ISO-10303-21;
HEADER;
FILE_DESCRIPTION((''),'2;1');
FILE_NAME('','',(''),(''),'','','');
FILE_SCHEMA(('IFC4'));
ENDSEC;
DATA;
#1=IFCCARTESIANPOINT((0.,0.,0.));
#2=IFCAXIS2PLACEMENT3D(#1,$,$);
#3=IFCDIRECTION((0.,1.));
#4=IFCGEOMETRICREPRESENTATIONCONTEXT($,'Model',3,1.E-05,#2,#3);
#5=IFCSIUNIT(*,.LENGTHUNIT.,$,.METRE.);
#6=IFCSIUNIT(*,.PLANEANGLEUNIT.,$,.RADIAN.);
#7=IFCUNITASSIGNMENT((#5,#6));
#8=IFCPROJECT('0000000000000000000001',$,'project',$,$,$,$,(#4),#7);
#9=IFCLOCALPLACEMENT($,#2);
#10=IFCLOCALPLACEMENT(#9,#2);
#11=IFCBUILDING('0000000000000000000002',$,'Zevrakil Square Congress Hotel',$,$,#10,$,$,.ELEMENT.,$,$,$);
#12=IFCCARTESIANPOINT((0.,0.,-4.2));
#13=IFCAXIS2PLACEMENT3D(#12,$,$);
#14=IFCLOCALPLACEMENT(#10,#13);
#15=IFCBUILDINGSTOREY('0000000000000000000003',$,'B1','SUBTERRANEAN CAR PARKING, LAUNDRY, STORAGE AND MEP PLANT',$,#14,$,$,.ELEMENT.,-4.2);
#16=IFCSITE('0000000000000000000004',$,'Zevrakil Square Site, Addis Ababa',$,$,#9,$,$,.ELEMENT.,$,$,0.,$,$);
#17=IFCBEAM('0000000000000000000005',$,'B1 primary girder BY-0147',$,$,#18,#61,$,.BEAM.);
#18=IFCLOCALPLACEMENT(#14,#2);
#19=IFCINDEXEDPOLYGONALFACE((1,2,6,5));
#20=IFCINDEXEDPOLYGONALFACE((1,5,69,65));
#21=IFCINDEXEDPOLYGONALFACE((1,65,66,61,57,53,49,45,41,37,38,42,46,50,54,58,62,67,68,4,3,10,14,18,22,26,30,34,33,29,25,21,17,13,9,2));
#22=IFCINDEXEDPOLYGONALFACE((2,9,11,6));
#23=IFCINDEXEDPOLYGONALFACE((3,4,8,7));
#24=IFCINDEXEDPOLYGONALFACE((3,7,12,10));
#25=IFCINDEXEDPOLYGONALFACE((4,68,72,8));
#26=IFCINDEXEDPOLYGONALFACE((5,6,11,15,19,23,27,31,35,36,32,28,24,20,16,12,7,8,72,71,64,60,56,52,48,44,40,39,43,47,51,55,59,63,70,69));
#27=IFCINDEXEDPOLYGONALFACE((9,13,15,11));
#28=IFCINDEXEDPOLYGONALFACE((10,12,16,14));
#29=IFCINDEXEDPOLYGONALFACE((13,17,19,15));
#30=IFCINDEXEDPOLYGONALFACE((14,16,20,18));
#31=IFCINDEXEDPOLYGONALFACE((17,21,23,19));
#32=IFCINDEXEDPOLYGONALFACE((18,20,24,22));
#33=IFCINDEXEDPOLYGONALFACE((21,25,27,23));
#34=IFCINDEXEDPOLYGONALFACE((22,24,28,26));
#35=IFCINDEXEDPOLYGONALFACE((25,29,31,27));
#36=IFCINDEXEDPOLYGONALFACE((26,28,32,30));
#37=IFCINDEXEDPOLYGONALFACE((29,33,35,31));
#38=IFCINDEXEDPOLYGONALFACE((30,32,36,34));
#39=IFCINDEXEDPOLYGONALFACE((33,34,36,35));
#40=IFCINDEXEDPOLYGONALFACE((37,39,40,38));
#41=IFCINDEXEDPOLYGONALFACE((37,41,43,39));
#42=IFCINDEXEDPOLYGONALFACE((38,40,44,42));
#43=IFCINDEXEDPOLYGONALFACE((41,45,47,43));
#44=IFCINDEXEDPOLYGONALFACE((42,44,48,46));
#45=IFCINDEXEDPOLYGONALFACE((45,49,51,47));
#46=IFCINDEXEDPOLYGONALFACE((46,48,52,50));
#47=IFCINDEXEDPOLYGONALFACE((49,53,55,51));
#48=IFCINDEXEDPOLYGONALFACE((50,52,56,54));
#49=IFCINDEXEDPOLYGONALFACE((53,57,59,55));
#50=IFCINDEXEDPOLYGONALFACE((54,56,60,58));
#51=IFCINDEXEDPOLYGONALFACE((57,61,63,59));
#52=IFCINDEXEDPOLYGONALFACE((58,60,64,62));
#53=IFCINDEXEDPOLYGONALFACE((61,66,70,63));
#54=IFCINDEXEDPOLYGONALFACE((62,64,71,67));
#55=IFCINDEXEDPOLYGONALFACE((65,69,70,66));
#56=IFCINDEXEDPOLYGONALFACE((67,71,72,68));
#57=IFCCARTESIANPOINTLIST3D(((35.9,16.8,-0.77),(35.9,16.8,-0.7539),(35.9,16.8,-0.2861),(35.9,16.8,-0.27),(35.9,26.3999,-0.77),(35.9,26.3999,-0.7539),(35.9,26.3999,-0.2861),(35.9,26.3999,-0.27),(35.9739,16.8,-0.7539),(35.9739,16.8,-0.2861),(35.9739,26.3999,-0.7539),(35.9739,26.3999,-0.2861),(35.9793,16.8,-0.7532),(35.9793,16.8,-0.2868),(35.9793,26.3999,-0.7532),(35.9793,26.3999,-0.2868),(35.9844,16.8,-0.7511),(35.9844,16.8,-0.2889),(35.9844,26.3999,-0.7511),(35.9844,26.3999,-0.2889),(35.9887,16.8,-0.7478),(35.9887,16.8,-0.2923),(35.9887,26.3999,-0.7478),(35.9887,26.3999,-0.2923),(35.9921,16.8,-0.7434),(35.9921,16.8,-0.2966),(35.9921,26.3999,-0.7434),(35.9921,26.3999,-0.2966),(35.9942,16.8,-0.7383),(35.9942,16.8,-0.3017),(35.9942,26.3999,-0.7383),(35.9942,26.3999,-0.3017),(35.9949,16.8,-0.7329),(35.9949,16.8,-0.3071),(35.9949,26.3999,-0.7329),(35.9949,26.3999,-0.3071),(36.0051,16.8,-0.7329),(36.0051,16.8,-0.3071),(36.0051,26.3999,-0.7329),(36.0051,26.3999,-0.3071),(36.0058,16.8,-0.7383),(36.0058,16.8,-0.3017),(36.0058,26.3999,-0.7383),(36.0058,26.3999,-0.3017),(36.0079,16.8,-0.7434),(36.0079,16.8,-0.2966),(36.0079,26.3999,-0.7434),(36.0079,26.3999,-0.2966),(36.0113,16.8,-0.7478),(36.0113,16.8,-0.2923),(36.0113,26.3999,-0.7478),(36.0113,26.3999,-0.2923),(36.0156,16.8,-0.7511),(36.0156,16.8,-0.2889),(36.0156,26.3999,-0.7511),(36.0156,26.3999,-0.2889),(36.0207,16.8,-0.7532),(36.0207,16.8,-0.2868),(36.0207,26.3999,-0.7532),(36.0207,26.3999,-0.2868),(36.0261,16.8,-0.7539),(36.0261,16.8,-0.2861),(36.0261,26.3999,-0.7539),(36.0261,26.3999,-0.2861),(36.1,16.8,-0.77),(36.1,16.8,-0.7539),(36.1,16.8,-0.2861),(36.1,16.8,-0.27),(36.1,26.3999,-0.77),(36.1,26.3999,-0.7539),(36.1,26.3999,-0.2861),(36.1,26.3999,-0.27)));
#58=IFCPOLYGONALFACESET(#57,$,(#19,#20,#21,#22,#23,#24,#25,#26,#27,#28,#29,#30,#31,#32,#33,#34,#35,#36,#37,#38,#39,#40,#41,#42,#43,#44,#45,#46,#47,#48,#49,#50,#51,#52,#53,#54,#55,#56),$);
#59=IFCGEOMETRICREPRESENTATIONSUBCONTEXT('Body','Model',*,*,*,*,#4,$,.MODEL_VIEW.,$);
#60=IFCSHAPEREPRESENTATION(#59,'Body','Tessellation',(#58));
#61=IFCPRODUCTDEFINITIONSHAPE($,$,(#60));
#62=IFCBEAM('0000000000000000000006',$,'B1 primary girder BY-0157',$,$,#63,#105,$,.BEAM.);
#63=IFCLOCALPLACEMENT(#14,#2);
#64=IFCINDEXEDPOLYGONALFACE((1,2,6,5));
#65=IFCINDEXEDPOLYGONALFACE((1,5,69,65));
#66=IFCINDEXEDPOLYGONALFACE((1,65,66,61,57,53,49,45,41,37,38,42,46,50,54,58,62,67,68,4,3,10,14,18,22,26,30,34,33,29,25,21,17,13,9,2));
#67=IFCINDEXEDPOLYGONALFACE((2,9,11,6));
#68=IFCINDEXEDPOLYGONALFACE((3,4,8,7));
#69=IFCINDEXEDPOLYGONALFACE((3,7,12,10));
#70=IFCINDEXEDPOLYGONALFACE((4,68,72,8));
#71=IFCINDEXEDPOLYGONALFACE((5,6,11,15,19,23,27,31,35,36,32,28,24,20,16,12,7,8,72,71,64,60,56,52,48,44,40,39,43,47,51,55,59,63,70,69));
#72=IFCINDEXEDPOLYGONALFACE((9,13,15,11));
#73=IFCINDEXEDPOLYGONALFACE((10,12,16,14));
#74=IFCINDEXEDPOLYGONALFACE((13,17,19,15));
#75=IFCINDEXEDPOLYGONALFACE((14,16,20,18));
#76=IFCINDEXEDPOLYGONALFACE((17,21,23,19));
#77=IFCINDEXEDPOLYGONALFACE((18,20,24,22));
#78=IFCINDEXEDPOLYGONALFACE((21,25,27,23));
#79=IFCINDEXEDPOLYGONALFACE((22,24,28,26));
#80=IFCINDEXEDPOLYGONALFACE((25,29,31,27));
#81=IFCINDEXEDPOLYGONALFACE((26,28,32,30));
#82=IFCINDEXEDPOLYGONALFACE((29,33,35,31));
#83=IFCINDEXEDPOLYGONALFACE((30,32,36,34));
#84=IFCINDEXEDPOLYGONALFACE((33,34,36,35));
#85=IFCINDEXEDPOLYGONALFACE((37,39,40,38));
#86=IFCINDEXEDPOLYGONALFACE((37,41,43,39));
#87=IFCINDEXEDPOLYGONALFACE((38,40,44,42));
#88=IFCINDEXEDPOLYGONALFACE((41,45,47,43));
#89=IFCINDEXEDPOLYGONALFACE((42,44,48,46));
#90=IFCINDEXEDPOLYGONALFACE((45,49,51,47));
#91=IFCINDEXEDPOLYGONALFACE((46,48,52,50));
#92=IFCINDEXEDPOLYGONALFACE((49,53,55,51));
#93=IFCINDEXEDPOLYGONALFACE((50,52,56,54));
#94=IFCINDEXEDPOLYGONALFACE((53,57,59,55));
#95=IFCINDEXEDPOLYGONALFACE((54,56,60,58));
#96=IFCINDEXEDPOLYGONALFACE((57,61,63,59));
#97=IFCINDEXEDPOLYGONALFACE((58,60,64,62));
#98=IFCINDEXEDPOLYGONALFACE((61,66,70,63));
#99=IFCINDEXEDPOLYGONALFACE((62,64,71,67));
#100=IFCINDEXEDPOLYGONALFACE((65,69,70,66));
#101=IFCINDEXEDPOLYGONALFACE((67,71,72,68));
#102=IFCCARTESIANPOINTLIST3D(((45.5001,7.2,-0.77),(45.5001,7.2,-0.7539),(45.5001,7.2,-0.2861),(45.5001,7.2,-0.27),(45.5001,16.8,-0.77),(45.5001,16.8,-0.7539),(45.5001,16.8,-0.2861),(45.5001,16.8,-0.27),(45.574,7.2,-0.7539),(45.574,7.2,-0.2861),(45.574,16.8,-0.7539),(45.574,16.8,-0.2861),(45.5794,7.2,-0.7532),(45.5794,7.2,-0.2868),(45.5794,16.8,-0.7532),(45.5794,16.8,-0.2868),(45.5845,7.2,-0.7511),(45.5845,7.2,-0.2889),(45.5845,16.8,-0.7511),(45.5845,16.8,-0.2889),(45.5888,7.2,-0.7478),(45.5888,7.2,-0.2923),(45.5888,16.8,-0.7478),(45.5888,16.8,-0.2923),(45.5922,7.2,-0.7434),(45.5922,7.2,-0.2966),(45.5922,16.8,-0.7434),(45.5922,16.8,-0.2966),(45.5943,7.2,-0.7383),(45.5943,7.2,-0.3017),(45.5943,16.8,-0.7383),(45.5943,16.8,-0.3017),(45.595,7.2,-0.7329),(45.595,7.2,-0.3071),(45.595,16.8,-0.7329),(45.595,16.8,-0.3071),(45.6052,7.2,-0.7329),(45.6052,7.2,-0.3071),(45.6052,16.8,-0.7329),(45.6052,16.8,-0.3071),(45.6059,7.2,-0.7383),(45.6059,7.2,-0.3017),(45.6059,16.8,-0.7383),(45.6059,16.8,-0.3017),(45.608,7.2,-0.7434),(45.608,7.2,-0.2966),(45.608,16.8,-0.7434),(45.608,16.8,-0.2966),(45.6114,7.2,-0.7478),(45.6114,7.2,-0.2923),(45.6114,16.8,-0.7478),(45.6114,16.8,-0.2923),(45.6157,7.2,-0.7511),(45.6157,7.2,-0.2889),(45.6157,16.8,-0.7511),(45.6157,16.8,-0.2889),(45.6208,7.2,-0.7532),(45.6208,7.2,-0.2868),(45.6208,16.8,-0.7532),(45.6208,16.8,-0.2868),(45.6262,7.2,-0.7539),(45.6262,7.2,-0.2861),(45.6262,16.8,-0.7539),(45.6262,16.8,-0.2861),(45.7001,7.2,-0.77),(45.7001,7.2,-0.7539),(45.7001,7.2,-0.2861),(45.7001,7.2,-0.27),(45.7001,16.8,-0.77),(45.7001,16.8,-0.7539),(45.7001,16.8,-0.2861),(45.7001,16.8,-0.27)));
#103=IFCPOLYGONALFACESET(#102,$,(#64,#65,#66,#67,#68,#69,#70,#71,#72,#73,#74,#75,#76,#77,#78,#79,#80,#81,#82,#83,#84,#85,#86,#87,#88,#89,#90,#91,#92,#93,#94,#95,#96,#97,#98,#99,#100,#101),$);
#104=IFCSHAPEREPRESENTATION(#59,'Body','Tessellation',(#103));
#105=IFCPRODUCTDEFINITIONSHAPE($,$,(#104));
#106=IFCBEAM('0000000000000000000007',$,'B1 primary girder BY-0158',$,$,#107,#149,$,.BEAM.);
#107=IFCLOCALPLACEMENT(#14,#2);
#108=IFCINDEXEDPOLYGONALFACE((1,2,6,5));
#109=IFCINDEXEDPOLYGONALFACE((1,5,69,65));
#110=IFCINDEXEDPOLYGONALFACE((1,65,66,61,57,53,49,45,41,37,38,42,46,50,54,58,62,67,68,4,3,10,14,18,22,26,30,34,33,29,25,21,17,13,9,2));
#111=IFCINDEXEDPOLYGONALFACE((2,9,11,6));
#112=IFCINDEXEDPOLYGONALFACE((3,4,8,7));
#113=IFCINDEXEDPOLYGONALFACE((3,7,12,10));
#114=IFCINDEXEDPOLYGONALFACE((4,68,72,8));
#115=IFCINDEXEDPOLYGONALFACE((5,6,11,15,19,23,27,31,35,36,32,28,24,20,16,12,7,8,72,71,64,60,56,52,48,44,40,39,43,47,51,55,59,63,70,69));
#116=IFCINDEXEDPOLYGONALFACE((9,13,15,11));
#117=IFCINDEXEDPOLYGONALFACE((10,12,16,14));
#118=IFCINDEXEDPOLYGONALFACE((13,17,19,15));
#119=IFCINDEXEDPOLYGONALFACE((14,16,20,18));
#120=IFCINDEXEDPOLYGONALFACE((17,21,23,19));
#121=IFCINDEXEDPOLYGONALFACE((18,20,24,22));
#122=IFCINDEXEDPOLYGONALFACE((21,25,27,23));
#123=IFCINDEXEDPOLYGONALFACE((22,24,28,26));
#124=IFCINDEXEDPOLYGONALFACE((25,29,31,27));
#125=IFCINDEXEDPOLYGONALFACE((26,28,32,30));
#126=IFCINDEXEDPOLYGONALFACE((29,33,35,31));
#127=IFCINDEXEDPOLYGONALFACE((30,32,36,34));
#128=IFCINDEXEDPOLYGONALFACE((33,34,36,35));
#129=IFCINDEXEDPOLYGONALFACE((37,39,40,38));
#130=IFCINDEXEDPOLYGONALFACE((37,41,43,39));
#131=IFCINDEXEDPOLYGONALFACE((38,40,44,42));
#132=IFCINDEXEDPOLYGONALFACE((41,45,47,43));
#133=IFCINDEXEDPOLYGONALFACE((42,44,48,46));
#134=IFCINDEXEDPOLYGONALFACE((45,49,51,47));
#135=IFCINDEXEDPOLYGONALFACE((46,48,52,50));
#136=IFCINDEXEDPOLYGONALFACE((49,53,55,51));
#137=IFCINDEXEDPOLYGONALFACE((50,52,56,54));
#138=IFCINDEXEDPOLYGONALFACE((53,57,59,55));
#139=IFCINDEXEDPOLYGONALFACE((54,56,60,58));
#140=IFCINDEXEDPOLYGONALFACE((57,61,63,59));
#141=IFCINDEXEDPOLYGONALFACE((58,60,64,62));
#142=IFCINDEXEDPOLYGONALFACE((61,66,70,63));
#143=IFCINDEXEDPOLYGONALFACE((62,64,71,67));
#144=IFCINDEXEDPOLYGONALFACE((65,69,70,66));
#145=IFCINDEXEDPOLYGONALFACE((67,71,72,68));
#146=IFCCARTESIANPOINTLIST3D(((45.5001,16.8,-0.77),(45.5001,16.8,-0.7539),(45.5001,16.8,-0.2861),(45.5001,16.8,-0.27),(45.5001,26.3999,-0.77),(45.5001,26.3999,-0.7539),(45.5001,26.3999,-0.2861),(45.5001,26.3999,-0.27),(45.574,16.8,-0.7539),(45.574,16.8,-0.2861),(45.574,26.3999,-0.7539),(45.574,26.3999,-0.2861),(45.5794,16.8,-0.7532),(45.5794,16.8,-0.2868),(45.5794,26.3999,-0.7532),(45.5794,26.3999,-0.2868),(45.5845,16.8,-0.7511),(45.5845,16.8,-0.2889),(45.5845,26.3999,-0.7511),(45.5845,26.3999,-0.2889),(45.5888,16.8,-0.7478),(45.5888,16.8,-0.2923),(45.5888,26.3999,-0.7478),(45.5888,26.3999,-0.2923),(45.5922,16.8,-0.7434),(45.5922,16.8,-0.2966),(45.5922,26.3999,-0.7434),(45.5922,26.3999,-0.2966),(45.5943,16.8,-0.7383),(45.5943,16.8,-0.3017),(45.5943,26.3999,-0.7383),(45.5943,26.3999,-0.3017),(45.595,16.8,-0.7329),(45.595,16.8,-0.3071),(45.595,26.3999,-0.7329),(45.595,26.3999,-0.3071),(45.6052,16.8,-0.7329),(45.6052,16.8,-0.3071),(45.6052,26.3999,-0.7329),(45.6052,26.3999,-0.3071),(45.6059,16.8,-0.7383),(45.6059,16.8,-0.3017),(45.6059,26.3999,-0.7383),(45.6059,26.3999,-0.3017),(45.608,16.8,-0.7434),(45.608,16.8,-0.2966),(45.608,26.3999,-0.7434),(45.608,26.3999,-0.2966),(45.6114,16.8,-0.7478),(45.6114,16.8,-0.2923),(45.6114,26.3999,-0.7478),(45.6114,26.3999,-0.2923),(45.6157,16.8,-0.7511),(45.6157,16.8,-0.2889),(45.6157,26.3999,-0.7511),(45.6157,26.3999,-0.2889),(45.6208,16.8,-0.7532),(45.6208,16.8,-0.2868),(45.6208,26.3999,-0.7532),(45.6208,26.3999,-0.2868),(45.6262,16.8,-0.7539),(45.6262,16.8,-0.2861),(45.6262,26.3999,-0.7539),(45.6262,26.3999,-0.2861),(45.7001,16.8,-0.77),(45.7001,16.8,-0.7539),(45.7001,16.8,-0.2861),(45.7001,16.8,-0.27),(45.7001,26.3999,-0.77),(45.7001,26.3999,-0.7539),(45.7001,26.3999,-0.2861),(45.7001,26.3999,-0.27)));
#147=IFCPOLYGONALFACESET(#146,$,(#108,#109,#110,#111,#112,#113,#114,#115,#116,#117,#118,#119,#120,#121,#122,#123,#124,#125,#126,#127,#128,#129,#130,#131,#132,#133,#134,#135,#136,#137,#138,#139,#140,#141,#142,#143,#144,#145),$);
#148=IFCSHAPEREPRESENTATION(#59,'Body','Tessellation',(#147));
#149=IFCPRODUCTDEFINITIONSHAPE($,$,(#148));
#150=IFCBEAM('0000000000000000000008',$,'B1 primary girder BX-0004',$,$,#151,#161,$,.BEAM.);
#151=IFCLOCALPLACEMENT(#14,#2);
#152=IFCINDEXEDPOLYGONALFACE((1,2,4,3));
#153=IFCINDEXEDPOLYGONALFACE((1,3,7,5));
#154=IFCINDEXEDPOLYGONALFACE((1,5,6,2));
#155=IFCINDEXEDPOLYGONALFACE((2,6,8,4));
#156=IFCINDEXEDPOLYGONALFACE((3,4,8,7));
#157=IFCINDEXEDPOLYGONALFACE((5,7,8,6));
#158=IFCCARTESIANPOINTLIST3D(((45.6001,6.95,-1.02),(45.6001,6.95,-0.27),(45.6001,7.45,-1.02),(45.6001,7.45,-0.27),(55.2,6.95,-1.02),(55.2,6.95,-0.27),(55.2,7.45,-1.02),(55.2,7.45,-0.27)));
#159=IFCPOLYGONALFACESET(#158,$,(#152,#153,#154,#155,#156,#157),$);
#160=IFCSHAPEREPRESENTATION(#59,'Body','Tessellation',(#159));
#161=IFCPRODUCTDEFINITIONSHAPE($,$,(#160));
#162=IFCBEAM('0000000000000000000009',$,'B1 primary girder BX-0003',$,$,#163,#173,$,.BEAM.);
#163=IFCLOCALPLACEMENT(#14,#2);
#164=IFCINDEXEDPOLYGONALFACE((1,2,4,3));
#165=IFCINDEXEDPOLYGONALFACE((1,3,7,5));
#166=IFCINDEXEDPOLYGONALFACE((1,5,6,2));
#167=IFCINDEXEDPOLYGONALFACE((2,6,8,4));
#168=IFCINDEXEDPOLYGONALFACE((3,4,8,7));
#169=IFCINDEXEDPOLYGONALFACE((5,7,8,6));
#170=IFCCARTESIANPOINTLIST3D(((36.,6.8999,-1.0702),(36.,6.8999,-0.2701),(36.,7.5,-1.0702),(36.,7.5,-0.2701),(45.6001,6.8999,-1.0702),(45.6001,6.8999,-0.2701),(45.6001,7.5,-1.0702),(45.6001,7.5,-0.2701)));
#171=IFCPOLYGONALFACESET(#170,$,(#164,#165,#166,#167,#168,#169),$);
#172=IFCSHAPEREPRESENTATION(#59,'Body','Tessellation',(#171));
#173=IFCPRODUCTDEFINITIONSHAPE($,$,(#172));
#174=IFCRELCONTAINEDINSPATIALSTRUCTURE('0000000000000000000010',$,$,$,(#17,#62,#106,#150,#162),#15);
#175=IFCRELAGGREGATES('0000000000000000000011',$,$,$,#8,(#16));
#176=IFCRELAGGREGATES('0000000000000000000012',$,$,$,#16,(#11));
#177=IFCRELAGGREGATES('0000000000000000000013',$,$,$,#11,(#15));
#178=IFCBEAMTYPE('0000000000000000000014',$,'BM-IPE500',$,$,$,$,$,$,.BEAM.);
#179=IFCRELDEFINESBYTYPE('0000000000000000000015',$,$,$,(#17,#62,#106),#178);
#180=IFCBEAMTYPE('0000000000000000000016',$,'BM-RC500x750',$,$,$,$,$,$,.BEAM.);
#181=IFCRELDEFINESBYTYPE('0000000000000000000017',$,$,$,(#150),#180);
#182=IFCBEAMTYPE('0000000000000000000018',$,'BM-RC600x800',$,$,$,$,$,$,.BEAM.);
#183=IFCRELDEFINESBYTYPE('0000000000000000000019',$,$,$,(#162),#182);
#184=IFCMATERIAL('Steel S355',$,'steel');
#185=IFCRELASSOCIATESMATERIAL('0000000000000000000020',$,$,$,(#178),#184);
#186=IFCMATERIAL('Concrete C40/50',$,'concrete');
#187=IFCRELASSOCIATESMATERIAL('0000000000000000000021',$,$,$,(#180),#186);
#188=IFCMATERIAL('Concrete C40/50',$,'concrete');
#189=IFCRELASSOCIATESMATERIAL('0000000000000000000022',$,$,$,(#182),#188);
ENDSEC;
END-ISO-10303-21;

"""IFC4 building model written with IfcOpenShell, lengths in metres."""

from ifc_helpers import new_model, si_unit, direction, frame, origin, origin_2d, place, context, subcontext, project, spatial, rectangle, i_section, extrude, material, material_profile, profile_set, type_object, element, save


model = new_model("IFC4")

# Units and contexts
model_context = context("Model", 3, precision=1e-05, world=origin(), true_north=direction((0.0, 1.0)))
body_context = subcontext(model_context, "Body", "Model", "MODEL_VIEW")
ifc_project = project(units=[si_unit("LENGTHUNIT", "METRE"), si_unit("PLANEANGLEUNIT", "RADIAN")], contexts=[model_context])

# Site, building, storey
site_placement = place(None, origin())
site = spatial("IfcSite", under=ifc_project, at=site_placement, Name="Zevrakil Square Site, Addis Ababa", CompositionType="ELEMENT", RefElevation=0.0)
building_placement = place(site_placement, origin())
building = spatial("IfcBuilding", under=site, at=building_placement, Name="Zevrakil Square Congress Hotel", CompositionType="ELEMENT")
storey_placement = place(building_placement, frame((0.0, 0.0, -4.2)))
storey = spatial("IfcBuildingStorey", under=building, at=storey_placement, Name="B1", Description="SUBTERRANEAN CAR PARKING, LAUNDRY, STORAGE AND MEP PLANT", CompositionType="ELEMENT", Elevation=-4.2)

# Beams
ifc_material_1 = material(Name="Steel S355", Category="steel")
ifc_material_profile_1 = material_profile(ifc_material_1, i_section(OverallWidth=0.2, OverallDepth=0.5, WebThickness=0.0103, FlangeThickness=0.0161, FilletRadius=0.021, at=origin_2d()), Name="IPE 500")
ifc_profile_set_1 = profile_set([ifc_material_profile_1], Name="Steel S355")
beam_type_1 = type_object("IfcBeamType", Name="BM-IPE500", PredefinedType="BEAM", material=ifc_profile_set_1)
beam_1_placement = place(storey_placement, frame((36.0, 16.8, -0.52), z_axis=(0.0, 1.0, 0.0), x_axis=(-1.0, 0.0, 0.0)))
element("IfcBeam", 1, at=beam_1_placement, inside=storey, type_object=beam_type_1, Name="B1 primary girder BY-0147", PredefinedType="BEAM", context=body_context, shape_type="SweptSolid", body=[
    extrude(i_section(OverallWidth=0.2, OverallDepth=0.5, WebThickness=0.0103, FlangeThickness=0.0161, FilletRadius=0.021, at=origin_2d()), origin(), (0.0, 0.0, 1.0), 9.5999),
])
beam_2_placement = place(storey_placement, frame((45.6001, 7.2, -0.52), z_axis=(0.0, 1.0, 0.0), x_axis=(-1.0, 0.0, 0.0)))
element("IfcBeam", 2, at=beam_2_placement, inside=storey, type_object=beam_type_1, Name="B1 primary girder BY-0157", PredefinedType="BEAM", context=body_context, shape_type="SweptSolid", body=[
    extrude(i_section(OverallWidth=0.2, OverallDepth=0.5, WebThickness=0.0103, FlangeThickness=0.0161, FilletRadius=0.021, at=origin_2d()), origin(), (0.0, 0.0, 1.0), 9.6001),
])
beam_3_placement = place(storey_placement, frame((45.6001, 16.8, -0.52), z_axis=(0.0, 1.0, 0.0), x_axis=(-1.0, 0.0, 0.0)))
element("IfcBeam", 3, at=beam_3_placement, inside=storey, type_object=beam_type_1, Name="B1 primary girder BY-0158", PredefinedType="BEAM", context=body_context, shape_type="SweptSolid", body=[
    extrude(i_section(OverallWidth=0.2, OverallDepth=0.5, WebThickness=0.0103, FlangeThickness=0.0161, FilletRadius=0.021, at=origin_2d()), origin(), (0.0, 0.0, 1.0), 9.5999),
])
ifc_material_2 = material(Name="Concrete C40/50", Category="concrete")
ifc_material_profile_2 = material_profile(ifc_material_2, rectangle(XDim=0.5, YDim=0.75, at=origin_2d()), Name="RC 500x750")
ifc_profile_set_2 = profile_set([ifc_material_profile_2], Name="Concrete C40/50")
beam_type_2 = type_object("IfcBeamType", Name="BM-RC500x750", PredefinedType="BEAM", material=ifc_profile_set_2)
beam_4_placement = place(storey_placement, frame((45.6001, 7.2, -0.645), z_axis=(1.0, 0.0, 0.0), x_axis=(0.0, 1.0, 0.0)))
element("IfcBeam", 4, at=beam_4_placement, inside=storey, type_object=beam_type_2, Name="B1 primary girder BX-0004", PredefinedType="BEAM", context=body_context, shape_type="SweptSolid", body=[
    extrude(rectangle(XDim=0.5, YDim=0.75, at=origin_2d()), origin(), (0.0, 0.0, 1.0), 9.5999),
])
ifc_material_3 = material(Name="Concrete C40/50", Category="concrete")
ifc_material_profile_3 = material_profile(ifc_material_3, rectangle(XDim=0.6001, YDim=0.8, at=origin_2d()), Name="RC 600x800")
ifc_profile_set_3 = profile_set([ifc_material_profile_3], Name="Concrete C40/50")
beam_type_3 = type_object("IfcBeamType", Name="BM-RC600x800", PredefinedType="BEAM", material=ifc_profile_set_3)
beam_5_placement = place(storey_placement, frame((36.0, 7.2, -0.6702), z_axis=(1.0, 0.0, 0.0), x_axis=(0.0, 1.0, 0.0)))
element("IfcBeam", 5, at=beam_5_placement, inside=storey, type_object=beam_type_3, Name="B1 primary girder BX-0003", PredefinedType="BEAM", context=body_context, shape_type="SweptSolid", body=[
    extrude(rectangle(XDim=0.6001, YDim=0.8, at=origin_2d()), origin(), (0.0, 0.0, 1.0), 9.6001),
])

save(model, "model.ifc")
